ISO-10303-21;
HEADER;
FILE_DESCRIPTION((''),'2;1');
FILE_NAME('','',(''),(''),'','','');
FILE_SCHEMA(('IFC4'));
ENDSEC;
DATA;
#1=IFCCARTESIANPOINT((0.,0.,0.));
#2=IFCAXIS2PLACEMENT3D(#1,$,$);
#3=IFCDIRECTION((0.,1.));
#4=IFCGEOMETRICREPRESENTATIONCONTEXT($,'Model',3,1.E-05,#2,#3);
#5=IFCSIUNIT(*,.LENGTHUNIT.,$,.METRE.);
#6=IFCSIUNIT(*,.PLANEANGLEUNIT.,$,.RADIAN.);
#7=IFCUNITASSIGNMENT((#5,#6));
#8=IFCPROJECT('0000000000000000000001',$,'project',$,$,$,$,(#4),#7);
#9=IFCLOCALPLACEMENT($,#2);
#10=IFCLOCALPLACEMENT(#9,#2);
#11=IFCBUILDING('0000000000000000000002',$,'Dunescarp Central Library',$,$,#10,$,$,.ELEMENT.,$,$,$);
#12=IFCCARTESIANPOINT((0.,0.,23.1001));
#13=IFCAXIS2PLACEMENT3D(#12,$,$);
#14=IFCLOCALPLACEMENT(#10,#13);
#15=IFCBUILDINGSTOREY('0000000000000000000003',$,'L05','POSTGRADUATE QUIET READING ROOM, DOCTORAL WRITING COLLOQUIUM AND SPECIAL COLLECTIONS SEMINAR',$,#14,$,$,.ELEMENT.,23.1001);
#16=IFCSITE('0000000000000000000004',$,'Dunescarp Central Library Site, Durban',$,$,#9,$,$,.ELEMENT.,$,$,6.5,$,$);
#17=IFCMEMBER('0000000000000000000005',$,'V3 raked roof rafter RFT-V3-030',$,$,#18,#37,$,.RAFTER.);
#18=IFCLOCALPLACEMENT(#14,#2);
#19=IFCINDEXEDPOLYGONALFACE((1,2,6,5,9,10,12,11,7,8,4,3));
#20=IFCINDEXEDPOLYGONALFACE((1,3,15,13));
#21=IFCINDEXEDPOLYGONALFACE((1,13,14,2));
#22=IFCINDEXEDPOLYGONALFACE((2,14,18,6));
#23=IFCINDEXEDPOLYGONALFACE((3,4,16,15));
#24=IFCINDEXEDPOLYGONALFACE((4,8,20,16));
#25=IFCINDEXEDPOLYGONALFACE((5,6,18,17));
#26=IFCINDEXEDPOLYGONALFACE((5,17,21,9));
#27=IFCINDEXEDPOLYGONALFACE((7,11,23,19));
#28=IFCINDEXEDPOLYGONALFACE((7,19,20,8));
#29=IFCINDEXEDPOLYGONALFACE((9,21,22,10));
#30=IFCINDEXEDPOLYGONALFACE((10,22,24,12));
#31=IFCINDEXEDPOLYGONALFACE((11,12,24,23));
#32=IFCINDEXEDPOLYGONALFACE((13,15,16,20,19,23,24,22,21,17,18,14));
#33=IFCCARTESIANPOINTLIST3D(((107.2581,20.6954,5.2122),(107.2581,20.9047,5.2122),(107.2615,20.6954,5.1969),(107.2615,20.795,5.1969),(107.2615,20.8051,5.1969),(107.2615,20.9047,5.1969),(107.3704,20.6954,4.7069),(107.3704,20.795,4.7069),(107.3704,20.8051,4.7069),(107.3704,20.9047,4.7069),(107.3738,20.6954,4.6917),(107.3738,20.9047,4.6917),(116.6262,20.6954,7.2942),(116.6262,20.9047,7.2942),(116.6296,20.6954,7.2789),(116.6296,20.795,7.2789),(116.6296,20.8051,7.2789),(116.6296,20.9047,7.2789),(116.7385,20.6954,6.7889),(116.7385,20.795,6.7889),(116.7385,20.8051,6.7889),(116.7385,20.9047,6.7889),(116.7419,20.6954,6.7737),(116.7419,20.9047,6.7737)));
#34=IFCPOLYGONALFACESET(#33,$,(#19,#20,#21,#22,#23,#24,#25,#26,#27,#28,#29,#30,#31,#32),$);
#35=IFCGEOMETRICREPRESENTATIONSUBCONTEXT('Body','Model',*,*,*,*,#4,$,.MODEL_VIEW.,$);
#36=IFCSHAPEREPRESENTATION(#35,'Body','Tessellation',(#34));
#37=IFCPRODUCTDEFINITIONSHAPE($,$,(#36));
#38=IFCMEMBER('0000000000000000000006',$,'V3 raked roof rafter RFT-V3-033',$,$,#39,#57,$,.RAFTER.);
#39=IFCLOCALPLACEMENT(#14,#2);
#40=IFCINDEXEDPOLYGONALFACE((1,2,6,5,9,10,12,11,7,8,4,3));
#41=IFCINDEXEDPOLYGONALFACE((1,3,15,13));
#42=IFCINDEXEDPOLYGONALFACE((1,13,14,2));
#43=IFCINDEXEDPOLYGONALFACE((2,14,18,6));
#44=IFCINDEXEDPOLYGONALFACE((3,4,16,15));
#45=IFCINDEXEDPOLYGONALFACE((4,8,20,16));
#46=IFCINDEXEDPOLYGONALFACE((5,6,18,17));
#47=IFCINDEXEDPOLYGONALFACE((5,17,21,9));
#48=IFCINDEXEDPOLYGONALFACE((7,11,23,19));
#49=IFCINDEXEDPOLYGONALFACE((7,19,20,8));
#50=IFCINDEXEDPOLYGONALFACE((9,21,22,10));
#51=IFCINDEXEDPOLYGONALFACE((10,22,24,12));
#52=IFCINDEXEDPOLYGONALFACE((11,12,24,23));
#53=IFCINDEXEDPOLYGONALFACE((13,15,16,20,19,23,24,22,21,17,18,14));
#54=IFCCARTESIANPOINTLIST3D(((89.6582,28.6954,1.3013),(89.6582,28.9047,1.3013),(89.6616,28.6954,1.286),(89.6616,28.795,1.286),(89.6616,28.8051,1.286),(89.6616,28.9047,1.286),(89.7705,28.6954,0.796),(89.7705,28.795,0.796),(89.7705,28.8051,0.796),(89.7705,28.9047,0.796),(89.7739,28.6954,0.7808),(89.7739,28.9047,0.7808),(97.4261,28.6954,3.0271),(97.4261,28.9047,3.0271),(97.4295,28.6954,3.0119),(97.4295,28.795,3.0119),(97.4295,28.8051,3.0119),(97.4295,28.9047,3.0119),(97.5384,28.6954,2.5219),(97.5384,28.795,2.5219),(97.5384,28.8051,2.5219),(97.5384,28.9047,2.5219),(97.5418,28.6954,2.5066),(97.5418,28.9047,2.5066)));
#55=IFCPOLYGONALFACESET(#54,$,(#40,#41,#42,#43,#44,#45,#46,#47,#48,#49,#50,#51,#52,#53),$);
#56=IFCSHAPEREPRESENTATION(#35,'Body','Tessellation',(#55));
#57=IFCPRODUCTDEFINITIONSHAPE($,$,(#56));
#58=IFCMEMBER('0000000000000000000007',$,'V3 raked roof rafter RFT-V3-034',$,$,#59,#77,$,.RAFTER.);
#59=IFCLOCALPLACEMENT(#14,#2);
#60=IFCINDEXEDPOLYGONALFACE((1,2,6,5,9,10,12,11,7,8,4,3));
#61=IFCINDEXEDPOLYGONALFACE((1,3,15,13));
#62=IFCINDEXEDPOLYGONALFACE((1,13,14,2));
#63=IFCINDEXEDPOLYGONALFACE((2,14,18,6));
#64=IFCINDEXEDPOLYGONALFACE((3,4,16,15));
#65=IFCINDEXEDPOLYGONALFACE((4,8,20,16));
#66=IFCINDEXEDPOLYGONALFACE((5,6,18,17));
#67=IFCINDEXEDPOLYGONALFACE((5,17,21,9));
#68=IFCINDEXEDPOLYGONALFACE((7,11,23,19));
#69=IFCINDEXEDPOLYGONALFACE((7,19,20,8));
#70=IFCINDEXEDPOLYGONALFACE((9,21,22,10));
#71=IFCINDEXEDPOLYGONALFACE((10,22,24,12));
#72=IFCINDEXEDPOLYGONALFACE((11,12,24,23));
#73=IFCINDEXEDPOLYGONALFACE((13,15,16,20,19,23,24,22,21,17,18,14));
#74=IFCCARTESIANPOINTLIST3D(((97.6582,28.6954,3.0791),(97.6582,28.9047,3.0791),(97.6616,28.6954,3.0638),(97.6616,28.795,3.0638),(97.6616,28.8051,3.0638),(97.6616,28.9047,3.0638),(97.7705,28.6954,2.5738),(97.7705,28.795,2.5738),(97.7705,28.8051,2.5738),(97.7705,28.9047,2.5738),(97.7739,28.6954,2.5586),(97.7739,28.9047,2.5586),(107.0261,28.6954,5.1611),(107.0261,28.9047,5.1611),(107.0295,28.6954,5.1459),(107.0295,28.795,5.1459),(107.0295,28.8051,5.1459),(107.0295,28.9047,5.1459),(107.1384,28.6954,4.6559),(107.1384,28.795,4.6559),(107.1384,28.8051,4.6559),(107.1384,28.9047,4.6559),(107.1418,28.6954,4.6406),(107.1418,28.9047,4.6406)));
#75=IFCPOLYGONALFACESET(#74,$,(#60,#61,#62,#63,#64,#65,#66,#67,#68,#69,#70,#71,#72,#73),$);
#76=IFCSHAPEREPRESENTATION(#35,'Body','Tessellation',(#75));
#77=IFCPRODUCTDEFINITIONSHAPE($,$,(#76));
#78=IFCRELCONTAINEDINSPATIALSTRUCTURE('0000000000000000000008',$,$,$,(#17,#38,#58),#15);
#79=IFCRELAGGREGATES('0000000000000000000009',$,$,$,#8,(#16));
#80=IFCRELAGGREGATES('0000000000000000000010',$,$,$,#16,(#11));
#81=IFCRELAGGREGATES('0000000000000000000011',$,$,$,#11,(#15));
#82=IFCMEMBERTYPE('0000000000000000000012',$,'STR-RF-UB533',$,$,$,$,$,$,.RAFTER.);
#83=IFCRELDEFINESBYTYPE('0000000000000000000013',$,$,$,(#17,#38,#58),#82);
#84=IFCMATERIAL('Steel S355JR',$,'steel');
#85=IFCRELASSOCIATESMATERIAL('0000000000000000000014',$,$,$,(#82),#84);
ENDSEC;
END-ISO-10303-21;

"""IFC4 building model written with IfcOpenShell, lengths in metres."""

from ifc_helpers import new_model, si_unit, direction, frame, origin, origin_2d, place, context, subcontext, project, spatial, i_section, extrude, material, material_profile, profile_set, type_object, element, save


model = new_model("IFC4")

# Units and contexts
model_context = context("Model", 3, precision=1e-05, world=origin(), true_north=direction((0.0, 1.0)))
body_context = subcontext(model_context, "Body", "Model", "MODEL_VIEW")
ifc_project = project(units=[si_unit("LENGTHUNIT", "METRE"), si_unit("PLANEANGLEUNIT", "RADIAN")], contexts=[model_context])

# Site, building, storey
site_placement = place(None, origin())
site = spatial("IfcSite", under=ifc_project, at=site_placement, Name="Dunescarp Central Library Site, Durban", CompositionType="ELEMENT", RefElevation=6.5)
building_placement = place(site_placement, origin())
building = spatial("IfcBuilding", under=site, at=building_placement, Name="Dunescarp Central Library", CompositionType="ELEMENT")
storey_placement = place(building_placement, frame((0.0, 0.0, 23.1001)))
storey = spatial("IfcBuildingStorey", under=building, at=storey_placement, Name="L05", Description="POSTGRADUATE QUIET READING ROOM, DOCTORAL WRITING COLLOQUIUM AND SPECIAL COLLECTIONS SEMINAR", CompositionType="ELEMENT", Elevation=23.1001)

# Shared definitions
ifc_material = material(Name="Steel S355JR", Category="steel")

# Members
ifc_material_profile_1 = material_profile(ifc_material, i_section(OverallWidth=0.2092, OverallDepth=0.5332, WebThickness=0.01, FlangeThickness=0.0156, at=origin_2d()), Name="UB 533x210x92")
ifc_profile_set_1 = profile_set([ifc_material_profile_1], Name="Steel S355JR")
member_type_1 = type_object("IfcMemberType", Name="STR-RF-UB533", PredefinedType="RAFTER", material=ifc_profile_set_1)
member_1_placement = place(storey_placement, frame((107.3159, 20.8, 4.9519), z_axis=(0.976182, 0.0, 0.216952), x_axis=(0.0, 1.0, 0.0)))
element("IfcMember", 1, at=member_1_placement, inside=storey, type_object=member_type_1, Name="V3 raked roof rafter RFT-V3-030", PredefinedType="RAFTER", context=body_context, shape_type="SweptSolid", body=[
    extrude(i_section(OverallWidth=0.2092, OverallDepth=0.5332, WebThickness=0.01, FlangeThickness=0.0156, at=origin_2d()), origin(), (0.0, 0.0, 1.0), 9.5967),
])
member_2_placement = place(storey_placement, frame((89.7161, 28.8, 1.041), z_axis=(0.976196, 0.0, 0.216888), x_axis=(0.0, 1.0, 0.0)))
element("IfcMember", 2, at=member_2_placement, inside=storey, type_object=member_type_1, Name="V3 raked roof rafter RFT-V3-033", PredefinedType="RAFTER", context=body_context, shape_type="SweptSolid", body=[
    extrude(i_section(OverallWidth=0.2092, OverallDepth=0.5332, WebThickness=0.01, FlangeThickness=0.0156, at=origin_2d()), origin(), (0.0, 0.0, 1.0), 7.9573),
])
member_3_placement = place(storey_placement, frame((97.7161, 28.8, 2.8188), z_axis=(0.976181, 0.0, 0.216957), x_axis=(0.0, 1.0, 0.0)))
element("IfcMember", 3, at=member_3_placement, inside=storey, type_object=member_type_1, Name="V3 raked roof rafter RFT-V3-034", PredefinedType="RAFTER", context=body_context, shape_type="SweptSolid", body=[
    extrude(i_section(OverallWidth=0.2092, OverallDepth=0.5332, WebThickness=0.01, FlangeThickness=0.0156, at=origin_2d()), origin(), (0.0, 0.0, 1.0), 9.5964),
])

save(model, "model.ifc")
